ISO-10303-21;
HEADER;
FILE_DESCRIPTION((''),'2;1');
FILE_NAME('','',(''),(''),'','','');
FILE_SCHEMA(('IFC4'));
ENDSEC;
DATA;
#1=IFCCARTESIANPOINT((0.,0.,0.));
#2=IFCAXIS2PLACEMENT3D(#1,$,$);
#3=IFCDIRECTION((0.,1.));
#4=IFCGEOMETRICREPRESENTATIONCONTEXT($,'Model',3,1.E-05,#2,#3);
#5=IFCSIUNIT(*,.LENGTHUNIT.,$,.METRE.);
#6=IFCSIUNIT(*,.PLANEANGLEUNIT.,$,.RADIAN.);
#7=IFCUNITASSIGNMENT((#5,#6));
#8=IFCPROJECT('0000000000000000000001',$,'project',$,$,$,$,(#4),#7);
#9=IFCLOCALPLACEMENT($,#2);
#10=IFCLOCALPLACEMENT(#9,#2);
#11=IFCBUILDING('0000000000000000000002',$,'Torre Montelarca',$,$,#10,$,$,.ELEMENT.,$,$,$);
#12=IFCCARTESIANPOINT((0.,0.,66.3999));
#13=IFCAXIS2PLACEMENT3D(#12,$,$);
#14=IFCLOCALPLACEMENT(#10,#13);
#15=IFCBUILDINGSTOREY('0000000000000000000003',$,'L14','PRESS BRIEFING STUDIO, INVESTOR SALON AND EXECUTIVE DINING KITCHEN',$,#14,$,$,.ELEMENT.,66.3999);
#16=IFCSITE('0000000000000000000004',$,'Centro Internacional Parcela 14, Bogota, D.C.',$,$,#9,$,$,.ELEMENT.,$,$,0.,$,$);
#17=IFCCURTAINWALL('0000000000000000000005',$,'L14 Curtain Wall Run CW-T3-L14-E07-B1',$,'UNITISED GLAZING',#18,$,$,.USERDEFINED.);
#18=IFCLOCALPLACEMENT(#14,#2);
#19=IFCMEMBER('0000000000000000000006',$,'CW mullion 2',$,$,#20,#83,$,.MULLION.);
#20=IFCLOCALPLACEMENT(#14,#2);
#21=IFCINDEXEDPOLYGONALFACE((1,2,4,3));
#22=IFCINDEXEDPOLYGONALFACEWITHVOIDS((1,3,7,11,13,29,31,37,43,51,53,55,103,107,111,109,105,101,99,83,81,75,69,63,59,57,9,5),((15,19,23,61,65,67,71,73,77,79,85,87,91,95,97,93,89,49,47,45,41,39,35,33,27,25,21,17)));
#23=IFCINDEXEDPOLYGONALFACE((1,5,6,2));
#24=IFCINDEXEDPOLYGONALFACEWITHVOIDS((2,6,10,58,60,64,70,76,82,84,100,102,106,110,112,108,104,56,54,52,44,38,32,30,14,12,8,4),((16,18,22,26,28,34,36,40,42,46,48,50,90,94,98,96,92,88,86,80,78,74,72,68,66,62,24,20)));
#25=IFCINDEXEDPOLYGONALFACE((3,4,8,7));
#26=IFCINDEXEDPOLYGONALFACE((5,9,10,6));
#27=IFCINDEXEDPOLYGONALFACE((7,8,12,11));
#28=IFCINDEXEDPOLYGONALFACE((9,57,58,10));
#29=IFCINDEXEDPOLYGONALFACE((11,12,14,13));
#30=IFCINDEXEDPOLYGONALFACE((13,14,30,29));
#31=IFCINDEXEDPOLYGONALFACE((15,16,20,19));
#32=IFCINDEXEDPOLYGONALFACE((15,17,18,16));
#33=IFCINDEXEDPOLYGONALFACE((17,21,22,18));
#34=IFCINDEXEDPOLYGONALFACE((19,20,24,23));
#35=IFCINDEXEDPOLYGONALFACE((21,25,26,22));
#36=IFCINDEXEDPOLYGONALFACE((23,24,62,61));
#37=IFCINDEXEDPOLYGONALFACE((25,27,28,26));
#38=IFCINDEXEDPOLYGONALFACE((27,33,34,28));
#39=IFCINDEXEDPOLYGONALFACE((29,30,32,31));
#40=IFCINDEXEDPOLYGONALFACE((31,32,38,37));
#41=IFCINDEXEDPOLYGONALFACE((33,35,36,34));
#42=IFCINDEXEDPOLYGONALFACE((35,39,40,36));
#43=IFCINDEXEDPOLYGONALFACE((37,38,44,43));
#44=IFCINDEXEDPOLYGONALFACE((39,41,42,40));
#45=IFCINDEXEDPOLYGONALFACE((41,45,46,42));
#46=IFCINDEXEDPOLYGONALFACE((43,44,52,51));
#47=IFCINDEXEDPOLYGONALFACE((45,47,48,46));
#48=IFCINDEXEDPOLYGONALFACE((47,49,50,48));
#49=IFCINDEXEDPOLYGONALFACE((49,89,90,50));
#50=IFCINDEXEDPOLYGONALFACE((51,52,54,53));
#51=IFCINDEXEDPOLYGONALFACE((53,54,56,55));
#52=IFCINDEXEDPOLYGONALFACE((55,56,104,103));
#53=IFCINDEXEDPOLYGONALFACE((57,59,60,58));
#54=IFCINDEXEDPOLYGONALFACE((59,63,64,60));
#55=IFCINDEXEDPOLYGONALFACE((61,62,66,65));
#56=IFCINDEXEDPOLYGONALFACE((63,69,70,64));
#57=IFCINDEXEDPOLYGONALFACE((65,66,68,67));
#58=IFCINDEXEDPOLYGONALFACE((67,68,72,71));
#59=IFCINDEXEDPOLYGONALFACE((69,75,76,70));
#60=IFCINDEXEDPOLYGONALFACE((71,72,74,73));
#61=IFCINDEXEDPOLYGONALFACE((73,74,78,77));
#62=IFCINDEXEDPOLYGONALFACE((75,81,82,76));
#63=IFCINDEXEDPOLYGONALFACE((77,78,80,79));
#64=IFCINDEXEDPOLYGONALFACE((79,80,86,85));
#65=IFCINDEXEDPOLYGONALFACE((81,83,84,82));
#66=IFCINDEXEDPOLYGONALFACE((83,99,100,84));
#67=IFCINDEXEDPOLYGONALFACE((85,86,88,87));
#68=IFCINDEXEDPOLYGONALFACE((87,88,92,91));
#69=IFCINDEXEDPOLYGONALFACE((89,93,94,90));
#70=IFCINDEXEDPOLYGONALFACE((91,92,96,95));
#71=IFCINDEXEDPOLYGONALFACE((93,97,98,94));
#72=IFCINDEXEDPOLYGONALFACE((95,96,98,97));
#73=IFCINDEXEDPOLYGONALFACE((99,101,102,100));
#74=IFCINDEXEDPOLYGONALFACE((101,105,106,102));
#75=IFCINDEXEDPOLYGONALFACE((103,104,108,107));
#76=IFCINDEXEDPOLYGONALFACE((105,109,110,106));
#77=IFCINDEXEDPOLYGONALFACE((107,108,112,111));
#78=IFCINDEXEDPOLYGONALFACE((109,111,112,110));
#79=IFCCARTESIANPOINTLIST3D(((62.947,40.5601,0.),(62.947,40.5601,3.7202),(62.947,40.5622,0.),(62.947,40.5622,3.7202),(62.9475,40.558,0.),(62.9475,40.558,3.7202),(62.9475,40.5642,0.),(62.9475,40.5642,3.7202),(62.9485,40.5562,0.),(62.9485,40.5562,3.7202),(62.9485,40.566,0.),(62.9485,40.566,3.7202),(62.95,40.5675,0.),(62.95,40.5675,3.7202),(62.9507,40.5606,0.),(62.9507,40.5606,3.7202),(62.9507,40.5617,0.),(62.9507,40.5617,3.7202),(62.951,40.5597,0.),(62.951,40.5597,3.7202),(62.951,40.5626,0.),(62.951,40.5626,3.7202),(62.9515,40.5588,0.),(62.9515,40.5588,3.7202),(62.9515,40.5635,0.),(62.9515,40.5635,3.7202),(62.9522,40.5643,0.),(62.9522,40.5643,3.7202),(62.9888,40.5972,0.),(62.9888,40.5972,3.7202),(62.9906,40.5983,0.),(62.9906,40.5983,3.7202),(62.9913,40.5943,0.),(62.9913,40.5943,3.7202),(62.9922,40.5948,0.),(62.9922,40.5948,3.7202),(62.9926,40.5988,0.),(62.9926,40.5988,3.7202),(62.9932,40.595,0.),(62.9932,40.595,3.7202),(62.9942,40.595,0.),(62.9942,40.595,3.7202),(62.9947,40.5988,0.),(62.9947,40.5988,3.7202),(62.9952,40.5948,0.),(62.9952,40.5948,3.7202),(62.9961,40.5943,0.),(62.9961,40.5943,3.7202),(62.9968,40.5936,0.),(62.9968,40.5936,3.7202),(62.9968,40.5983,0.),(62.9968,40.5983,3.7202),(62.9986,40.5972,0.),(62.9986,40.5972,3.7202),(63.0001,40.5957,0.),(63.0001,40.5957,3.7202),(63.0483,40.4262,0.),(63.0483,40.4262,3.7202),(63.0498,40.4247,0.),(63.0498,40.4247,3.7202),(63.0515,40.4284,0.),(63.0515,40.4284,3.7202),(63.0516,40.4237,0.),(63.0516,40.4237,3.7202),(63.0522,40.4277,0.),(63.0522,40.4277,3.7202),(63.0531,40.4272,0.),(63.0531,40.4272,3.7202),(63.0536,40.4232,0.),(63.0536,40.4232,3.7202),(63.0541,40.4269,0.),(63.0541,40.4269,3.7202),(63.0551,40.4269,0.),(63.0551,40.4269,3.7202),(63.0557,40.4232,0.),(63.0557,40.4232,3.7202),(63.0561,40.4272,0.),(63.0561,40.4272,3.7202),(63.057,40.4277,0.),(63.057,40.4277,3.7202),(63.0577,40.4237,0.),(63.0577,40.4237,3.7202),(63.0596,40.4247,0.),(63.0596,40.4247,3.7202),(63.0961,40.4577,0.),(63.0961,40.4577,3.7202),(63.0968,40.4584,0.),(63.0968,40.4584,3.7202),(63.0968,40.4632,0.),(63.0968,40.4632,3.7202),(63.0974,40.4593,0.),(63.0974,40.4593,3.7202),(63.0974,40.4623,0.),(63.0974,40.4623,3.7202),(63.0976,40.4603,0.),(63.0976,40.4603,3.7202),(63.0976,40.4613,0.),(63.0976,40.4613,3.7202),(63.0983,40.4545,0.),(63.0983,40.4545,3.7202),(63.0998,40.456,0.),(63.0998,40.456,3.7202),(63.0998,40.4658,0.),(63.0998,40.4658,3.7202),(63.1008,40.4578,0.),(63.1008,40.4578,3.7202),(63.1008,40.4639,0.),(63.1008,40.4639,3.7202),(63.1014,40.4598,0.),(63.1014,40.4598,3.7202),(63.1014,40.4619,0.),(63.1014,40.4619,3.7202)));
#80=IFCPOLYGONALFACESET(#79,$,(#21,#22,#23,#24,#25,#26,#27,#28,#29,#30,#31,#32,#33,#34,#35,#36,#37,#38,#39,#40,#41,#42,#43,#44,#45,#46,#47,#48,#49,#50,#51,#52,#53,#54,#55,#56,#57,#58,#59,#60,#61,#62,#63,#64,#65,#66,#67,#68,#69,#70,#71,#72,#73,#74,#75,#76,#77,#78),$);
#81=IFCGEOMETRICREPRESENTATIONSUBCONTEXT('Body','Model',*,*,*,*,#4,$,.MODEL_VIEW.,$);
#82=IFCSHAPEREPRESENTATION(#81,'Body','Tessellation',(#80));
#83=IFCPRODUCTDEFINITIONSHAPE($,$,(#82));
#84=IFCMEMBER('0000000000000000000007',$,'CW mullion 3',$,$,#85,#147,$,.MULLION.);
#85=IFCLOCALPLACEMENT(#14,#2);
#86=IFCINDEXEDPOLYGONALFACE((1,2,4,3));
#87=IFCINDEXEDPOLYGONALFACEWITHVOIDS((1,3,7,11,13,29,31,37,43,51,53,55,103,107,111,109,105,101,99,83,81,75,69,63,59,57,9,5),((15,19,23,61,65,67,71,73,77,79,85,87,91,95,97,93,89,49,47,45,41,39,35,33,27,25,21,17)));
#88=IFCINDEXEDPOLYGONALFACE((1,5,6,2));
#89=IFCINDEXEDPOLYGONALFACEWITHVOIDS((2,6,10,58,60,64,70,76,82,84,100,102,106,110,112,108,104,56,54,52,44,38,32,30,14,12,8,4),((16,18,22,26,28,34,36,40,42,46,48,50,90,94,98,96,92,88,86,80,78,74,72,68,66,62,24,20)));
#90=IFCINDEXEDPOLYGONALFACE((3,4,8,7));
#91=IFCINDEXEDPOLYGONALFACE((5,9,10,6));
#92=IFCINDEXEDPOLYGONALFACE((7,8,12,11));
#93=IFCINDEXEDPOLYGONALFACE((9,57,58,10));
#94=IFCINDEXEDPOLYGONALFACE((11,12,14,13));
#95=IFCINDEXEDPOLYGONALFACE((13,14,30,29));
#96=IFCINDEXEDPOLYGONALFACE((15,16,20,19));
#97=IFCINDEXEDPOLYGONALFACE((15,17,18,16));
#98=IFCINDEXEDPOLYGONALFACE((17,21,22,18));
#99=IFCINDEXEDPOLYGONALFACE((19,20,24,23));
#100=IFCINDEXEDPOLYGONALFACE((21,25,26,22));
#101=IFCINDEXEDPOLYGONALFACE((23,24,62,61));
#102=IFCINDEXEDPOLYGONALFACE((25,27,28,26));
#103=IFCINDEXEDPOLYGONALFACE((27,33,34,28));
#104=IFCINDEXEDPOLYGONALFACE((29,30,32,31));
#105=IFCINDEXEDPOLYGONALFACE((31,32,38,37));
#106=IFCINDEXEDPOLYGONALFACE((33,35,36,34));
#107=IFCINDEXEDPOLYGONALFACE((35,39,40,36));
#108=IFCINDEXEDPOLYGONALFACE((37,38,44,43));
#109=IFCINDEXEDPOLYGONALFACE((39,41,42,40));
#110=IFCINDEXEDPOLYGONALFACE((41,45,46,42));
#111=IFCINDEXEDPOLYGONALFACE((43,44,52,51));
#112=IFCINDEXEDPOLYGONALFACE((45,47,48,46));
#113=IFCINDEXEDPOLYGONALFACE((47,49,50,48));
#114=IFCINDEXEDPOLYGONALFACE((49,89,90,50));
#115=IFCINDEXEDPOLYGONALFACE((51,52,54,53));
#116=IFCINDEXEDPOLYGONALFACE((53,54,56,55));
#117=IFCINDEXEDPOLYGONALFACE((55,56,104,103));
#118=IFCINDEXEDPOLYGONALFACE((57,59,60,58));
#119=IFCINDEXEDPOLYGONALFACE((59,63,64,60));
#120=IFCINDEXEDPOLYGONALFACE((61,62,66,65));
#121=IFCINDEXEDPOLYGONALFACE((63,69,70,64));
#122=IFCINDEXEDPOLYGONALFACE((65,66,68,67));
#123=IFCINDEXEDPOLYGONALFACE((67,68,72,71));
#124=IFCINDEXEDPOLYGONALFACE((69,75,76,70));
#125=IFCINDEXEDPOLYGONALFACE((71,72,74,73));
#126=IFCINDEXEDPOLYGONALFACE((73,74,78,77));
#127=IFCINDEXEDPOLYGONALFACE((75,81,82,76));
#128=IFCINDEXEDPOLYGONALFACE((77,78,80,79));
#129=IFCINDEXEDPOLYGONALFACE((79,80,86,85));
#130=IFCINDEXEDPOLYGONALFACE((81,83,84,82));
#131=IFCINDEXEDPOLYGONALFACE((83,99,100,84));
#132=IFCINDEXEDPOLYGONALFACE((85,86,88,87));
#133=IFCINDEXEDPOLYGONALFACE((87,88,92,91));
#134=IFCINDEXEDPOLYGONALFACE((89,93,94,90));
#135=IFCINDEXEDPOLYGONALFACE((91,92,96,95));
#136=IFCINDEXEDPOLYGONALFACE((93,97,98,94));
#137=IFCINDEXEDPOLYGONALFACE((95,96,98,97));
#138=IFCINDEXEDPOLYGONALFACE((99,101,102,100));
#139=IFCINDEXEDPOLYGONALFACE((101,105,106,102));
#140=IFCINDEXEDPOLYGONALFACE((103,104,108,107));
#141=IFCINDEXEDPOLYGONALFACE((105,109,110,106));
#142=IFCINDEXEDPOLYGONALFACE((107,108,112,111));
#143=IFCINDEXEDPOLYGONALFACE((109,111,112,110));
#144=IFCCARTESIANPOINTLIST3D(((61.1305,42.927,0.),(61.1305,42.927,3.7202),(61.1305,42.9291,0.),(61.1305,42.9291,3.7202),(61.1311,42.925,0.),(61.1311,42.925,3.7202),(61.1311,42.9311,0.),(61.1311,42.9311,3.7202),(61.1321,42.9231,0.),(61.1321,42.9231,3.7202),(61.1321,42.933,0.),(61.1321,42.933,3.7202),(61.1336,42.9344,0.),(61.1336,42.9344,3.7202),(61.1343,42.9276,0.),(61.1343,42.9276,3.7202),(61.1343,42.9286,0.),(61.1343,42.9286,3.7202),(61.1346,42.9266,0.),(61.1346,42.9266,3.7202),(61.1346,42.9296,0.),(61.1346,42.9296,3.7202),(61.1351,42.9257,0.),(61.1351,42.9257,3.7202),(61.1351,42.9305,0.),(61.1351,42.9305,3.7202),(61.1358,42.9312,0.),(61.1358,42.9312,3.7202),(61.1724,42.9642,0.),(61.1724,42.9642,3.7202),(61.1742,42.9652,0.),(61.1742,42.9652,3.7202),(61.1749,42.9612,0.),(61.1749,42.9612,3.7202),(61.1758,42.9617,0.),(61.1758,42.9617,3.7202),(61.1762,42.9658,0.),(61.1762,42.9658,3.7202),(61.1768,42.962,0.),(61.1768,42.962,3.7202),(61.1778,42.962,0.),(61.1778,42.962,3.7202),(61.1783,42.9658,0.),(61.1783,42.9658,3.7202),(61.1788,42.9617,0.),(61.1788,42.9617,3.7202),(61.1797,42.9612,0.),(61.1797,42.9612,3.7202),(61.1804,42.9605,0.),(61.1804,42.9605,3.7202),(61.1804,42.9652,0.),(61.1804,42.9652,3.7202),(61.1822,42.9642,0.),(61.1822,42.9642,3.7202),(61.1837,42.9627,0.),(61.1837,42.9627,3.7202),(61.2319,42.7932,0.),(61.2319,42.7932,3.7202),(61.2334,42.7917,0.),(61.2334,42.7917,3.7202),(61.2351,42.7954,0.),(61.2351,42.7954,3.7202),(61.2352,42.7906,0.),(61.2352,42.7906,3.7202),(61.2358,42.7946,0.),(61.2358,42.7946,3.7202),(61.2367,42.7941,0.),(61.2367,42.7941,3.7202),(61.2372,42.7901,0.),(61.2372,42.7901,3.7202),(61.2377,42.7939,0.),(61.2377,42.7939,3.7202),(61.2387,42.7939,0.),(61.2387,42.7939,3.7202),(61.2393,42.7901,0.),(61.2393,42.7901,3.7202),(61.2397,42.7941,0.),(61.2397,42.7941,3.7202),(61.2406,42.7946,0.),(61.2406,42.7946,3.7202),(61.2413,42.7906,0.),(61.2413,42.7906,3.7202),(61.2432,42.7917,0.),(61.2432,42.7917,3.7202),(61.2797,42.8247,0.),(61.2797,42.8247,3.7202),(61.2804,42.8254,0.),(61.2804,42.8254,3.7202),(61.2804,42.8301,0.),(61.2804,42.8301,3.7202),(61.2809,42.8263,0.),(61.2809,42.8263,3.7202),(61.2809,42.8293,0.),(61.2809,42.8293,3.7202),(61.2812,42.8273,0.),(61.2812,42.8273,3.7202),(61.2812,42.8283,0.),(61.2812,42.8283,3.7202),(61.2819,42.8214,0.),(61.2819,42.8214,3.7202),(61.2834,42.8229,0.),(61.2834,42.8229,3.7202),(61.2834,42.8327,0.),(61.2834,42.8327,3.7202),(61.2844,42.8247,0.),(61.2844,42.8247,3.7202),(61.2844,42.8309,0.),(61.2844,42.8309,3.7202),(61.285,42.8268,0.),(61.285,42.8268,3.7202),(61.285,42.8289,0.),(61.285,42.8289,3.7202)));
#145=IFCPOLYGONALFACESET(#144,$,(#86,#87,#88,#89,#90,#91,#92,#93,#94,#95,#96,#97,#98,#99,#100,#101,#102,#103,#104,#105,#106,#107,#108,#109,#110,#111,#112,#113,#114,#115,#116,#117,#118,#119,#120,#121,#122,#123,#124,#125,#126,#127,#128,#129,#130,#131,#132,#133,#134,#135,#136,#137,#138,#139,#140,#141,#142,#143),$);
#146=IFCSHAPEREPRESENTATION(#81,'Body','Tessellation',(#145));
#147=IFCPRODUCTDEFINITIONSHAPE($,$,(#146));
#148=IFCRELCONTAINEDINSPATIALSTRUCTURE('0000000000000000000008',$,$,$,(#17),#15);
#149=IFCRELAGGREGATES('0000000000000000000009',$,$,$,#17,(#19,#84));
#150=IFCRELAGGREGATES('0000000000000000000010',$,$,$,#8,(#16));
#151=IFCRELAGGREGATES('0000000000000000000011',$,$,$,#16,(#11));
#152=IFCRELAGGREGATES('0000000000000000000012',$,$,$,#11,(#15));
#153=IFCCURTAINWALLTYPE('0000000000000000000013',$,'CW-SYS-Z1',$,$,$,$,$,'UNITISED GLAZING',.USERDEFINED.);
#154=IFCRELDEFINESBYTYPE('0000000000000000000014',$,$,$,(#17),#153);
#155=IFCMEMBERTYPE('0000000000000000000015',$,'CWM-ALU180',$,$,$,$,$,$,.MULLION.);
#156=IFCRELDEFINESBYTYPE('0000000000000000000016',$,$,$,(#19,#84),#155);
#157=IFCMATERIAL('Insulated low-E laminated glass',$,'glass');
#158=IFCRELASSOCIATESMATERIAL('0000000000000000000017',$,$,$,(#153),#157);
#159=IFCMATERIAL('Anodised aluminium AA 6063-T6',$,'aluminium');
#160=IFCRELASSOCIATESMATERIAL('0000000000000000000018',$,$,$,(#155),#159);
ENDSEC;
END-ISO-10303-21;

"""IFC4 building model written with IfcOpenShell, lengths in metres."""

from ifc_helpers import new_model, si_unit, direction, frame, origin, origin_2d, place, context, subcontext, project, spatial, hollow_rectangle, extrude, source, transform, mapped, material, material_profile, profile_set, type_object, element, aggregate, save


model = new_model("IFC4")

# Units and contexts
model_context = context("Model", 3, precision=1e-05, world=origin(), true_north=direction((0.0, 1.0)))
body_context = subcontext(model_context, "Body", "Model", "MODEL_VIEW")
ifc_project = project(units=[si_unit("LENGTHUNIT", "METRE"), si_unit("PLANEANGLEUNIT", "RADIAN")], contexts=[model_context])

# Site, building, storey
site_placement = place(None, origin())
site = spatial("IfcSite", under=ifc_project, at=site_placement, Name="Centro Internacional Parcela 14, Bogota, D.C.", CompositionType="ELEMENT", RefElevation=0.0)
building_placement = place(site_placement, origin())
building = spatial("IfcBuilding", under=site, at=building_placement, Name="Torre Montelarca", CompositionType="ELEMENT")
storey_placement = place(building_placement, frame((0.0, 0.0, 66.3999)))
storey = spatial("IfcBuildingStorey", under=building, at=storey_placement, Name="L14", Description="PRESS BRIEFING STUDIO, INVESTOR SALON AND EXECUTIVE DINING KITCHEN", CompositionType="ELEMENT", Elevation=66.3999)

# Curtain wall
ifc_material_1 = material(Name="Insulated low-E laminated glass", Category="glass")
curtain_wall_type = type_object("IfcCurtainWallType", Name="CW-SYS-Z1", ElementType="UNITISED GLAZING", PredefinedType="USERDEFINED", material=ifc_material_1)
curtain_wall_1_placement = place(storey_placement, origin())
curtain_wall_1 = element("IfcCurtainWall", 1, at=curtain_wall_1_placement, inside=storey, type_object=curtain_wall_type, Name="L14 Curtain Wall Run CW-T3-L14-E07-B1", ObjectType="UNITISED GLAZING", PredefinedType="USERDEFINED")
ifc_material_2 = material(Name="Anodised aluminium AA 6063-T6", Category="aluminium")

# Members
ifc_material_profile_1 = material_profile(ifc_material_2, hollow_rectangle(XDim=0.0649, YDim=0.1799, WallThickness=0.0039, InnerFilletRadius=0.0039, OuterFilletRadius=0.0081, at=origin_2d()), Name="ALU65X180X4", Category="aluminium")
ifc_profile_set_1 = profile_set([ifc_material_profile_1], Name="Anodised aluminium AA 6063-T6")
member_type_1 = type_object("IfcMemberType", Name="CWM-ALU180", PredefinedType="MULLION", material=ifc_profile_set_1)
shared_shape_1 = source(origin(), body_context, "Body", "SweptSolid", [
    extrude(hollow_rectangle(XDim=0.0649, YDim=0.1799, WallThickness=0.0039, InnerFilletRadius=0.0039, OuterFilletRadius=0.0081, at=origin_2d()), origin(), (0.0, 0.0, 1.0), 3.7202),
])
member_1_placement = place(storey_placement, frame((63.0242, 40.511, 0.0), z_axis=(0.0, 0.0, 1.0), x_axis=(-0.793359, -0.608754, 0.0)))
member_1 = element("IfcMember", 2, at=member_1_placement, type_object=member_type_1, Name="CW mullion 2", PredefinedType="MULLION", context=body_context, shape_type="MappedRepresentation", body=[
    mapped(shared_shape_1, transform((0.0, 0.0, 0.0), scale=1.0)),
])
member_2_placement = place(storey_placement, frame((61.2078, 42.8779, 0.0), z_axis=(0.0, 0.0, 1.0), x_axis=(-0.793359, -0.608754, 0.0)))
member_2 = element("IfcMember", 3, at=member_2_placement, type_object=member_type_1, Name="CW mullion 3", PredefinedType="MULLION", context=body_context, shape_type="MappedRepresentation", body=[
    mapped(shared_shape_1, transform((0.0, 0.0, 0.0), scale=1.0)),
])

aggregate(curtain_wall_1, [member_1, member_2])

save(model, "model.ifc")
